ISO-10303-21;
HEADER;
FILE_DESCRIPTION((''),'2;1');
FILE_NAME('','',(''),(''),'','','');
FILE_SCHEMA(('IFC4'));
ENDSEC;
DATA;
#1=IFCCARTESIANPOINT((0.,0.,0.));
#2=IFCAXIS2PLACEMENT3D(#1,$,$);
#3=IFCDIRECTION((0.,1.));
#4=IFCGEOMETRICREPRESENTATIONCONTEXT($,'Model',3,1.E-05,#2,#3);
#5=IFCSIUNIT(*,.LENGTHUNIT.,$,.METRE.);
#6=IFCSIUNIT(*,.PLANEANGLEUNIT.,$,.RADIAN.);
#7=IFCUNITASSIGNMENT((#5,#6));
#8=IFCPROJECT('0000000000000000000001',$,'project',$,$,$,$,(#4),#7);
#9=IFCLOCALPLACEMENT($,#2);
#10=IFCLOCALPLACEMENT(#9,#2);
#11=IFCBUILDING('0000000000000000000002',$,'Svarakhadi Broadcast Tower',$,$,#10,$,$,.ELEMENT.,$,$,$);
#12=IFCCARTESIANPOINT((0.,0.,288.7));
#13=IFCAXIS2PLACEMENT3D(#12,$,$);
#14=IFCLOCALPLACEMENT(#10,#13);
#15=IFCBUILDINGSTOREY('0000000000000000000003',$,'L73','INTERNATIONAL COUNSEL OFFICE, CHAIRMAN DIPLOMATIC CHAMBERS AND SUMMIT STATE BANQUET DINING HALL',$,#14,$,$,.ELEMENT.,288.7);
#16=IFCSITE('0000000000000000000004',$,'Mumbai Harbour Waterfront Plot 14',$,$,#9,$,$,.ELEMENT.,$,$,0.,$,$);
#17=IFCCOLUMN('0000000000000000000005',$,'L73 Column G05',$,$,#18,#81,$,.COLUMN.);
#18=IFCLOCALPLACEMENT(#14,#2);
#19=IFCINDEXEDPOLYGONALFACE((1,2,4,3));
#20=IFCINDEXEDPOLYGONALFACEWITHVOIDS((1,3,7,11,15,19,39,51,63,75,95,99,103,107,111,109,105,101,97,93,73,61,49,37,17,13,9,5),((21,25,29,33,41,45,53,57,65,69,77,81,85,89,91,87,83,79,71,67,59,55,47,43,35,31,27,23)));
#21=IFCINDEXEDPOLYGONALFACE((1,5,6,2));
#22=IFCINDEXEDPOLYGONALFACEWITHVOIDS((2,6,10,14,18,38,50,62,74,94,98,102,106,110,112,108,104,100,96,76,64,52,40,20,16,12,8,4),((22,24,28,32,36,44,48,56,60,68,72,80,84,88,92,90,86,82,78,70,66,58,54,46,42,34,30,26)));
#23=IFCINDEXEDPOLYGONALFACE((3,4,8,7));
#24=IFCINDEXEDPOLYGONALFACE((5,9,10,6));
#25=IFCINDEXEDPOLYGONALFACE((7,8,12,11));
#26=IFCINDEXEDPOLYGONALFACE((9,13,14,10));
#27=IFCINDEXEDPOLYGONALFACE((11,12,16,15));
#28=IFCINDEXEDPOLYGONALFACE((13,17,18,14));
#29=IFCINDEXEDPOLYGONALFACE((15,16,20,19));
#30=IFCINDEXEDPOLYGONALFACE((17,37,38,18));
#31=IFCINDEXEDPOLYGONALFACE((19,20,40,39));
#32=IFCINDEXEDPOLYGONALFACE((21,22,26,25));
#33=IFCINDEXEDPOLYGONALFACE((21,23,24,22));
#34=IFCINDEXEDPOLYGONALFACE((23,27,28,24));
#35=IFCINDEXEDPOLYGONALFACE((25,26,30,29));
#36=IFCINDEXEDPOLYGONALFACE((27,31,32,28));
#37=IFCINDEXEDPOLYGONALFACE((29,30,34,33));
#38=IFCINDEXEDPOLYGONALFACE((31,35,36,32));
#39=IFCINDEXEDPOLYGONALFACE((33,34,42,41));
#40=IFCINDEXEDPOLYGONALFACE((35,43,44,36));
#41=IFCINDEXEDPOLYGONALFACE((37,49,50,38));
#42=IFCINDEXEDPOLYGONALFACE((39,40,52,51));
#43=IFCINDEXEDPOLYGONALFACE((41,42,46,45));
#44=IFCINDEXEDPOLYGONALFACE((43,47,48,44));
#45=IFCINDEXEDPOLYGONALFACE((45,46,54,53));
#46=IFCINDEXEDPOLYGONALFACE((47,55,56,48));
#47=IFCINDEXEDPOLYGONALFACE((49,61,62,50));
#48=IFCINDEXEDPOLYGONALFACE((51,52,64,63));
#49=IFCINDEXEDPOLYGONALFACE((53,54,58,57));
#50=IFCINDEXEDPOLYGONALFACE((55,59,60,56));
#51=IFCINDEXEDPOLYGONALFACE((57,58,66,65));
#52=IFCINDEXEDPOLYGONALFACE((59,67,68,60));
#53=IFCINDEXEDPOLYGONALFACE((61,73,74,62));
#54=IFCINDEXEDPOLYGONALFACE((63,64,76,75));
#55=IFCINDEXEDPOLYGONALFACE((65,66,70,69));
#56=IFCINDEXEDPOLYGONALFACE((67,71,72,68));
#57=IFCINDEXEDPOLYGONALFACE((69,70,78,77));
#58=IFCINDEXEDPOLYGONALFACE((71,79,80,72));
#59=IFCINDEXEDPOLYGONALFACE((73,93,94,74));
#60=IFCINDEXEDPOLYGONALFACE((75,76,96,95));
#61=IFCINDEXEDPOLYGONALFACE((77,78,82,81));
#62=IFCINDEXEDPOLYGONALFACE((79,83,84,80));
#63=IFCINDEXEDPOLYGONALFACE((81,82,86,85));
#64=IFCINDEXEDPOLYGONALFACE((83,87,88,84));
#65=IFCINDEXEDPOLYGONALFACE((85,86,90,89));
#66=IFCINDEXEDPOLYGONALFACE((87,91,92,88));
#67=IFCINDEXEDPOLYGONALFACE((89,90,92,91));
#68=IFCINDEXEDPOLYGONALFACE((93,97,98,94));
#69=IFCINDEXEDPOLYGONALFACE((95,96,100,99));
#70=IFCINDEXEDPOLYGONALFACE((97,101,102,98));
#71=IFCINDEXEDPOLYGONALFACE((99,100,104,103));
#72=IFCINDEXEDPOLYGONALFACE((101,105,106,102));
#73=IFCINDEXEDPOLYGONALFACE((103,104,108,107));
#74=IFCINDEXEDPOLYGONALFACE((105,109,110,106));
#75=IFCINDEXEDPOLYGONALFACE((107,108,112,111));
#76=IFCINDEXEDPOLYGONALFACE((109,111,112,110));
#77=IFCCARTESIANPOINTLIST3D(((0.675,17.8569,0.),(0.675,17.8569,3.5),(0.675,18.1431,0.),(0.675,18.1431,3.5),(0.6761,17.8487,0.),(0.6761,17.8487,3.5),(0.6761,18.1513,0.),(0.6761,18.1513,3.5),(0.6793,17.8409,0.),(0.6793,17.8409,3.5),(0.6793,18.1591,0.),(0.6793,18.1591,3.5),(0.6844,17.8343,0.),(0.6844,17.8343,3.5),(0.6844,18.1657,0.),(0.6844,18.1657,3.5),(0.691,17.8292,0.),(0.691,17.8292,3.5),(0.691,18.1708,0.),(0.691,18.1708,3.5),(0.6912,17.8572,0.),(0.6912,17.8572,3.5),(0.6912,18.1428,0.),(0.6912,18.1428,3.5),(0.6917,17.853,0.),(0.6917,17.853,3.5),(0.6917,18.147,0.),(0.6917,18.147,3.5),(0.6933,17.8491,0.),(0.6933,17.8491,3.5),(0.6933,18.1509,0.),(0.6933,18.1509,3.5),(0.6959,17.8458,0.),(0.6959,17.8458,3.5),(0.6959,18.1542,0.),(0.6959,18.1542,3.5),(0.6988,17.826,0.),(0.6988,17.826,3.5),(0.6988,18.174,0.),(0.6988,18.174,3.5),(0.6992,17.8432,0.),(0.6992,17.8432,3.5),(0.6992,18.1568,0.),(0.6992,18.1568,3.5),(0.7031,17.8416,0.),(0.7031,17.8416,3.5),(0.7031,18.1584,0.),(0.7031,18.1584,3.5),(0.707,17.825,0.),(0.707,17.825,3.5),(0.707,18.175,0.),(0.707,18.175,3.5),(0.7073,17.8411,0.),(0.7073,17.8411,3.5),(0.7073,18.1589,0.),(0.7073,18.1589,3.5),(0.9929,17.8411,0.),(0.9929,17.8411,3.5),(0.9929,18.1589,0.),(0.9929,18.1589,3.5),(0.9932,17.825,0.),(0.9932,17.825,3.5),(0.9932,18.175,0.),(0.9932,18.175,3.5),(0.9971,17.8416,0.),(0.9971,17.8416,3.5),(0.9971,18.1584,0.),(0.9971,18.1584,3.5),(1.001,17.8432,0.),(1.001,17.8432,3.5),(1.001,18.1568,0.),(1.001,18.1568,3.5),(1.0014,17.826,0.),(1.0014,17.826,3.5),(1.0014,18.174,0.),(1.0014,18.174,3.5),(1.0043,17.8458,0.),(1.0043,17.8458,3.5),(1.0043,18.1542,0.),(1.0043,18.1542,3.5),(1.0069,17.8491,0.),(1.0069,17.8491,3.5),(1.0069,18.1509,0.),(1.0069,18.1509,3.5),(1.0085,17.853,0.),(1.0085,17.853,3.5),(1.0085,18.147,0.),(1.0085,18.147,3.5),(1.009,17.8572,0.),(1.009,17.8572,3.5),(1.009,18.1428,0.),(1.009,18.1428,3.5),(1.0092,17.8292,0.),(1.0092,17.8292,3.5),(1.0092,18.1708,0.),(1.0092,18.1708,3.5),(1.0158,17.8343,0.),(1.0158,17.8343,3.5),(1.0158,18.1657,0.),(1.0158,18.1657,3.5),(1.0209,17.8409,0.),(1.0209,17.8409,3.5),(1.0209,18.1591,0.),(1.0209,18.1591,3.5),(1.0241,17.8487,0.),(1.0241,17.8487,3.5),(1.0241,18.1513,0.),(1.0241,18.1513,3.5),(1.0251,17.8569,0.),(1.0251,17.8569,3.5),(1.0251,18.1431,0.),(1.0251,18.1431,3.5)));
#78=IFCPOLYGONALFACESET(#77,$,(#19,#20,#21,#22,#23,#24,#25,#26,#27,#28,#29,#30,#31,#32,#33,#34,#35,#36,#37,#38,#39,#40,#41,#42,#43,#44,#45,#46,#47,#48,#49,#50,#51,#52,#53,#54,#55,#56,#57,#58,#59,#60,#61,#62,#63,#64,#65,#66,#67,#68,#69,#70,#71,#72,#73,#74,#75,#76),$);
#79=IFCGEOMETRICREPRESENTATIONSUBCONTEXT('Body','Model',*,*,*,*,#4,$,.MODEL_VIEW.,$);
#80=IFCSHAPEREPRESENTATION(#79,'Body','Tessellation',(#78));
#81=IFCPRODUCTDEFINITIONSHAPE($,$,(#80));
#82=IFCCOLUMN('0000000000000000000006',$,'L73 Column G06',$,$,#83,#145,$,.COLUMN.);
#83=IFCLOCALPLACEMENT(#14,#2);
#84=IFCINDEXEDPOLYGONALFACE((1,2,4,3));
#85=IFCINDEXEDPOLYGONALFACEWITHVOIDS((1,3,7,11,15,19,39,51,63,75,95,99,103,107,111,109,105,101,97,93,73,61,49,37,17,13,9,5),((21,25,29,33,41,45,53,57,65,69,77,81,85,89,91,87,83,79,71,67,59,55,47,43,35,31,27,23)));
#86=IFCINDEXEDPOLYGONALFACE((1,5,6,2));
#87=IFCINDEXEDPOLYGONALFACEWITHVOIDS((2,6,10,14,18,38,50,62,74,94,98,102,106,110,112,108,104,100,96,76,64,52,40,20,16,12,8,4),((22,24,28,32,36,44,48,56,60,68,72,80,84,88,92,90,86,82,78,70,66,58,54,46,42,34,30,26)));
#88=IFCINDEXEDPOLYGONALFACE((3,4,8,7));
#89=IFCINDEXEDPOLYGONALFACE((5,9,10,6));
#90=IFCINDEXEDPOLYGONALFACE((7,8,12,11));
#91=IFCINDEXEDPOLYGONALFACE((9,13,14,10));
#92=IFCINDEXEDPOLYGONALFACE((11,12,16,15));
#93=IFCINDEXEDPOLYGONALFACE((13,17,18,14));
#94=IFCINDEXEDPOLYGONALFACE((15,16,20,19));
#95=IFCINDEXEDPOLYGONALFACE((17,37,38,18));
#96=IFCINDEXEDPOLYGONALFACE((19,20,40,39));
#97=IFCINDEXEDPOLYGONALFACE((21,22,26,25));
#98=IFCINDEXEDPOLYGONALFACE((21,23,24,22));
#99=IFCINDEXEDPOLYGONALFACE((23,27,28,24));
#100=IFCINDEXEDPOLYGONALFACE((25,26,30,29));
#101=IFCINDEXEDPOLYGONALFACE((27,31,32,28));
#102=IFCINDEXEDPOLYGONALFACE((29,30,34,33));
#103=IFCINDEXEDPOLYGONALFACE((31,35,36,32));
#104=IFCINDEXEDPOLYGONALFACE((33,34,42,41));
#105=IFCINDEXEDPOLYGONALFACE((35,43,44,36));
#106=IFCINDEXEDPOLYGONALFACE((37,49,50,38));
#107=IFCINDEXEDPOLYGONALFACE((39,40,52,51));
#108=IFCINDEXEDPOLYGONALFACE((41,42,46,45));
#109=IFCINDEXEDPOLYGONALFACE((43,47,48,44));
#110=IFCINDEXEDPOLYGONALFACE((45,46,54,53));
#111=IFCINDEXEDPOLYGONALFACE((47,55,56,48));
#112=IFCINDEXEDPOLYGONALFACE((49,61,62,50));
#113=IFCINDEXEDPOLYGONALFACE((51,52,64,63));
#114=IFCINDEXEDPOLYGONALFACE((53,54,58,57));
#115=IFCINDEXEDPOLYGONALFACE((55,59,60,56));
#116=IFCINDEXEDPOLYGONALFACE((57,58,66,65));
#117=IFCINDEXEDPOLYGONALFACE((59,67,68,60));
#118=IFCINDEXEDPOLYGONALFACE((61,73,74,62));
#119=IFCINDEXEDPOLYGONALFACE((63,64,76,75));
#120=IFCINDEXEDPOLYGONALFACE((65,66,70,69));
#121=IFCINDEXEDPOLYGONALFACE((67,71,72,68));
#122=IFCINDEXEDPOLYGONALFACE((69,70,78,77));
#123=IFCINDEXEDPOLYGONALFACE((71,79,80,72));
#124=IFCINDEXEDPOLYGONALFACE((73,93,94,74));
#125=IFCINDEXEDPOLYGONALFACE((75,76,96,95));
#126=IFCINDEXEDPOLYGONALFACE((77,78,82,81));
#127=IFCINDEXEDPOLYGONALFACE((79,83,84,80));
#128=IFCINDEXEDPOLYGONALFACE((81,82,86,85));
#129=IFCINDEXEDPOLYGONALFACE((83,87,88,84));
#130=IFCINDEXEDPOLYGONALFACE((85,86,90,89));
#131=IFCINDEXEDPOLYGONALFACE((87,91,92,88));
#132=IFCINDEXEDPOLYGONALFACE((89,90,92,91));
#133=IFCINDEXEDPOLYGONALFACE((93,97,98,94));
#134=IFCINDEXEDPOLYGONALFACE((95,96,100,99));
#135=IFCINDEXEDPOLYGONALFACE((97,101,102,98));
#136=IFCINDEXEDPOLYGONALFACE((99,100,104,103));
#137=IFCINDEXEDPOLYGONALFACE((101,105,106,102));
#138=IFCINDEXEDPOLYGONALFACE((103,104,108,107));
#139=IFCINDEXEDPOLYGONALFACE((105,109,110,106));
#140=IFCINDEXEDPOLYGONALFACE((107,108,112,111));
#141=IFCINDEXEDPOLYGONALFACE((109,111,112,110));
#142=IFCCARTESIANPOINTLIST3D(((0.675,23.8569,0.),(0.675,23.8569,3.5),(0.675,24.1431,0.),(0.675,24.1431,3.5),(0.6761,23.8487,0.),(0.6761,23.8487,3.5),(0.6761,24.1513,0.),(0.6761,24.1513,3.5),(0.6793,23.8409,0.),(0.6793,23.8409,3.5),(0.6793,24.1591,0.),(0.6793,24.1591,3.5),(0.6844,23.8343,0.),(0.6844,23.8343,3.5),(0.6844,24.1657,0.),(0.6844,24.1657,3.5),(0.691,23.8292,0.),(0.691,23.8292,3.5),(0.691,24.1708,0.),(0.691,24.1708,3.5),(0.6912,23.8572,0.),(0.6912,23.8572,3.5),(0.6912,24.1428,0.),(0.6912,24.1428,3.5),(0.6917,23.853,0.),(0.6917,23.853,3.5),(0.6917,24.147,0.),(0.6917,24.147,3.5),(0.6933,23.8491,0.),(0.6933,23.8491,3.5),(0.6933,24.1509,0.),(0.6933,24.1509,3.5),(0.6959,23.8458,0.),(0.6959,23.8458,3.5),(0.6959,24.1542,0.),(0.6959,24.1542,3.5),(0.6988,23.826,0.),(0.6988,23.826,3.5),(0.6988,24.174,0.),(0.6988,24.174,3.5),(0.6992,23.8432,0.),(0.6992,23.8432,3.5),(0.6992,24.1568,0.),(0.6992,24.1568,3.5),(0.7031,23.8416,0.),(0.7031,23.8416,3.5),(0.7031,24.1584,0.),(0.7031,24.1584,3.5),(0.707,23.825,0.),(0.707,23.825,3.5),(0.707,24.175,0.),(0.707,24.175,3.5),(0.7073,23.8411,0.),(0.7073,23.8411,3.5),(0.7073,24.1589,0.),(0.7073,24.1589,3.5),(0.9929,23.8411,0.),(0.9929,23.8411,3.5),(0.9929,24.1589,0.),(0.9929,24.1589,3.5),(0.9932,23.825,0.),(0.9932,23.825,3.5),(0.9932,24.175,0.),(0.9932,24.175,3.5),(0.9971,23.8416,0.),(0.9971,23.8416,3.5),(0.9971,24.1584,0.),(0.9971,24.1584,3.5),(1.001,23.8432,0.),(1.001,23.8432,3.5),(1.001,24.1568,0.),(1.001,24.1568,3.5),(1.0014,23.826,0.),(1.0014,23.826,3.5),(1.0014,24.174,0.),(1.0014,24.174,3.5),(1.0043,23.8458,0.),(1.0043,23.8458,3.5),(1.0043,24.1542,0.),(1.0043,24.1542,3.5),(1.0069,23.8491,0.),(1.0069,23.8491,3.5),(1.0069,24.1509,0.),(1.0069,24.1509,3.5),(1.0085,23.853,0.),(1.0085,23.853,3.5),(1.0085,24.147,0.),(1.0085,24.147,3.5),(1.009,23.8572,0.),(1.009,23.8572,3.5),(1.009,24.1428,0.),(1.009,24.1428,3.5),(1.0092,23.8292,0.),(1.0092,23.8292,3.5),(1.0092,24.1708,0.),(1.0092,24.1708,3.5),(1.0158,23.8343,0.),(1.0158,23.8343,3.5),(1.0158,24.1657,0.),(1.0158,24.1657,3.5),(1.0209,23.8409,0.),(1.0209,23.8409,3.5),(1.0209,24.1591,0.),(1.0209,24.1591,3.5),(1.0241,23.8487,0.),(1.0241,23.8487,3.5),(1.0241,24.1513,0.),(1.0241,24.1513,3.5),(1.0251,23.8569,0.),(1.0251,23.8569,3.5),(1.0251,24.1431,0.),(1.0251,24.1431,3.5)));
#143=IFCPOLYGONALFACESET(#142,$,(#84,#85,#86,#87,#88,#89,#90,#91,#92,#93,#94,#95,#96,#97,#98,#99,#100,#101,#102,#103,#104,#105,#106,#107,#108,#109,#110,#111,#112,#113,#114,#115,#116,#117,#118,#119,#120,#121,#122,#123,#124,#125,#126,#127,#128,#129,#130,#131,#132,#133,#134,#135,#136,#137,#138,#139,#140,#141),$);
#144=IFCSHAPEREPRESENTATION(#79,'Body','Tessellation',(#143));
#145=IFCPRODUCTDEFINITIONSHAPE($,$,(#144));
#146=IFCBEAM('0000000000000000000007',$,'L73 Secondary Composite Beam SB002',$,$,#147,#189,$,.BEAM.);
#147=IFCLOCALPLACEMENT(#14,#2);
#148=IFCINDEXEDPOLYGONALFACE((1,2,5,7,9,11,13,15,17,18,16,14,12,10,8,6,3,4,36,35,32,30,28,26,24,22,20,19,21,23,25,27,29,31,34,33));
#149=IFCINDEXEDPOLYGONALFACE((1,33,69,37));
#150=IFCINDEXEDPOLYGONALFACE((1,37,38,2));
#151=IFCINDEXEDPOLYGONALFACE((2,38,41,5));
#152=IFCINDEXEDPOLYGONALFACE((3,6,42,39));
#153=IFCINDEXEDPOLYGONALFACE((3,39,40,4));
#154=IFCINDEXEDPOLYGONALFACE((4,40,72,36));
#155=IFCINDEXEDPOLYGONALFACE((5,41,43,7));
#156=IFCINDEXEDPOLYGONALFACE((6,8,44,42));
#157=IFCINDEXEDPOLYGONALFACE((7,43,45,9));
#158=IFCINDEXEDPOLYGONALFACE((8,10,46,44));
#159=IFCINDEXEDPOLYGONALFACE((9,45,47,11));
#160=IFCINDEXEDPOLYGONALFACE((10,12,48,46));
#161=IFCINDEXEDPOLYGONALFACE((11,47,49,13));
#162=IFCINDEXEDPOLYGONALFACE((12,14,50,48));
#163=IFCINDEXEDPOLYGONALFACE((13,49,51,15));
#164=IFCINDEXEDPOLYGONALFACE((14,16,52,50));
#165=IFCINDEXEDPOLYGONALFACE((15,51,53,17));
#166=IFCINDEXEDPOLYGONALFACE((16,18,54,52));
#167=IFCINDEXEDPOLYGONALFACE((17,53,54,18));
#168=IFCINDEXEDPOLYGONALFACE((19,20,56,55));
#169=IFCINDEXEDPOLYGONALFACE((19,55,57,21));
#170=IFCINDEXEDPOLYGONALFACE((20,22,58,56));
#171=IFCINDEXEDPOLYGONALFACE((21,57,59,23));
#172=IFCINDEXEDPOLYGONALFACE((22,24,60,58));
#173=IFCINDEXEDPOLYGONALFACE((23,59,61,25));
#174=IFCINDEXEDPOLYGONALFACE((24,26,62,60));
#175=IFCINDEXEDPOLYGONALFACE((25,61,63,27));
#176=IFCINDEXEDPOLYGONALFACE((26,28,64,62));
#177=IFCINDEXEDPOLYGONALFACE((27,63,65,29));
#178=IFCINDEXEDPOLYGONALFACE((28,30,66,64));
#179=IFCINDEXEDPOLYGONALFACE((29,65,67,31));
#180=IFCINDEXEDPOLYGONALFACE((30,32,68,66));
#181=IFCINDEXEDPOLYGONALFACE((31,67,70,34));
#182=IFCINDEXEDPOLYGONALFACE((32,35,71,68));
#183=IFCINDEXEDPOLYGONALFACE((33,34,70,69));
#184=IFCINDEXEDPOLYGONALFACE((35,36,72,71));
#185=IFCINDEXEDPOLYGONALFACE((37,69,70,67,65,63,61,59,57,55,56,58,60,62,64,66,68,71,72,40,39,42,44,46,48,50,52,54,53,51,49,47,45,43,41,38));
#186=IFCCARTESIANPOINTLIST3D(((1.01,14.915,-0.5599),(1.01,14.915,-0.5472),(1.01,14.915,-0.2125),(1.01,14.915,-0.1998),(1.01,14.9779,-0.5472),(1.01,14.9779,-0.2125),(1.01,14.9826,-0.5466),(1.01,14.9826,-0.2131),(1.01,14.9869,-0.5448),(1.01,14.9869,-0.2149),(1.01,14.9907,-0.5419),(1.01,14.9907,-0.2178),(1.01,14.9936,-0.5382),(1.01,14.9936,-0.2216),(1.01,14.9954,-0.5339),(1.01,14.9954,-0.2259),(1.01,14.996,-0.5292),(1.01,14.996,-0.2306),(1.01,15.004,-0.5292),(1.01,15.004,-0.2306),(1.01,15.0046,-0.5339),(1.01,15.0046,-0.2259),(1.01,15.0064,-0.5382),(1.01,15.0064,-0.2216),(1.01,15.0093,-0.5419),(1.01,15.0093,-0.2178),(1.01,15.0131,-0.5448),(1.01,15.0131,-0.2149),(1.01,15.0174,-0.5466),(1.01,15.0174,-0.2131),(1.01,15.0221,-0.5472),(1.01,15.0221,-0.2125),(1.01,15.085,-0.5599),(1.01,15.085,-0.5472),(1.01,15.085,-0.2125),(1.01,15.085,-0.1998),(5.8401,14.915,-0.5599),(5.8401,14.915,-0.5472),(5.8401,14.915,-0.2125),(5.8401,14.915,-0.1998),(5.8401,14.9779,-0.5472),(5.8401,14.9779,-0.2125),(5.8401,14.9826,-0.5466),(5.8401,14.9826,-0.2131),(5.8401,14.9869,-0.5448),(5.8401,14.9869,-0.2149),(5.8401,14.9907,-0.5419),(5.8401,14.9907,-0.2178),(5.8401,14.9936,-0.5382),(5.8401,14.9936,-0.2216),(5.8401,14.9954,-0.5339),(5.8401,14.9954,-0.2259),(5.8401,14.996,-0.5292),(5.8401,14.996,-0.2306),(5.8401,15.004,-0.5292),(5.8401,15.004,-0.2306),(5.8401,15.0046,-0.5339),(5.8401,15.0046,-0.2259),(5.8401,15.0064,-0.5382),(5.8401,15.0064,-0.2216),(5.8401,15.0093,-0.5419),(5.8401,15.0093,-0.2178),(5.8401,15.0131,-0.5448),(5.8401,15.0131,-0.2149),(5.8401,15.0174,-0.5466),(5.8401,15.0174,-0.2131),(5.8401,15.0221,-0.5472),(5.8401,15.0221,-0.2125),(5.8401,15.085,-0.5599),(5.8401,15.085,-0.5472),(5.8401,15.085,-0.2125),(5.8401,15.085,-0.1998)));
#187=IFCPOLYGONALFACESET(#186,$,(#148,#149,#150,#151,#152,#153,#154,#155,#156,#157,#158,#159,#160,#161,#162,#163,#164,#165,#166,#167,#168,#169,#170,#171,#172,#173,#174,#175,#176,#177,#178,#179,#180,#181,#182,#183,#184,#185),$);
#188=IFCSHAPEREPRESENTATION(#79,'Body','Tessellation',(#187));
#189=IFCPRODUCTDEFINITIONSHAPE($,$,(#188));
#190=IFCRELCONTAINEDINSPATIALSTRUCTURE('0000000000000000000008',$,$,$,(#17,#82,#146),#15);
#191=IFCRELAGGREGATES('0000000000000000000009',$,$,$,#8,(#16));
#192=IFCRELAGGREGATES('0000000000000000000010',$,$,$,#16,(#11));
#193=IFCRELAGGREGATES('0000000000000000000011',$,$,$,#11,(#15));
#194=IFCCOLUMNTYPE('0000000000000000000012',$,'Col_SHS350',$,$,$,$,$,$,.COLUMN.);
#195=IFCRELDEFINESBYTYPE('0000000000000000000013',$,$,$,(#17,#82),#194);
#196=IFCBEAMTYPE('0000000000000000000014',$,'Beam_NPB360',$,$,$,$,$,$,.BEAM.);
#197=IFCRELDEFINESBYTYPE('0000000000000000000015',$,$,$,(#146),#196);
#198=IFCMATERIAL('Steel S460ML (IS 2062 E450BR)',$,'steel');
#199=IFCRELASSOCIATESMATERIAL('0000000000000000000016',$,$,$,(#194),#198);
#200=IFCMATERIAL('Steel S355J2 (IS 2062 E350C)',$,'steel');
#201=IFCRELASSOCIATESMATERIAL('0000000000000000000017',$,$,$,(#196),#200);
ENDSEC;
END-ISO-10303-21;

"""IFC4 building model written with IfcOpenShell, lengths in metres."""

from ifc_helpers import new_model, si_unit, direction, frame, origin, origin_2d, place, context, subcontext, project, spatial, hollow_rectangle, i_section, extrude, material, material_profile, profile_set, type_object, element, save


model = new_model("IFC4")

# Units and contexts
model_context = context("Model", 3, precision=1e-05, world=origin(), true_north=direction((0.0, 1.0)))
body_context = subcontext(model_context, "Body", "Model", "MODEL_VIEW")
ifc_project = project(units=[si_unit("LENGTHUNIT", "METRE"), si_unit("PLANEANGLEUNIT", "RADIAN")], contexts=[model_context])

# Site, building, storey
site_placement = place(None, origin())
site = spatial("IfcSite", under=ifc_project, at=site_placement, Name="Mumbai Harbour Waterfront Plot 14", CompositionType="ELEMENT", RefElevation=0.0)
building_placement = place(site_placement, origin())
building = spatial("IfcBuilding", under=site, at=building_placement, Name="Svarakhadi Broadcast Tower", CompositionType="ELEMENT")
storey_placement = place(building_placement, frame((0.0, 0.0, 288.7)))
storey = spatial("IfcBuildingStorey", under=building, at=storey_placement, Name="L73", Description="INTERNATIONAL COUNSEL OFFICE, CHAIRMAN DIPLOMATIC CHAMBERS AND SUMMIT STATE BANQUET DINING HALL", CompositionType="ELEMENT", Elevation=288.7)

# Columns
ifc_material_1 = material(Name="Steel S460ML (IS 2062 E450BR)", Category="steel")
ifc_material_profile_1 = material_profile(ifc_material_1, hollow_rectangle(XDim=0.3501, YDim=0.3501, WallThickness=0.0161, InnerFilletRadius=0.0161, OuterFilletRadius=0.032, at=origin_2d()), Name="SHS 350x350x16")
ifc_profile_set_1 = profile_set([ifc_material_profile_1], Name="Steel S460ML (IS 2062 E450BR)")
column_type = type_object("IfcColumnType", Name="Col_SHS350", PredefinedType="COLUMN", material=ifc_profile_set_1)
for number, where, z_axis, x_axis, name in (
    (1, (0.8501, 18.0, 0.0), (0.0, 0.0, 1.0), (1.0, 0.0, 0.0), "L73 Column G05"),
    (2, (0.8501, 24.0, 0.0), (0.0, 0.0, 1.0), (1.0, 0.0, 0.0), "L73 Column G06"),
):
    element("IfcColumn", number, at=place(storey_placement, frame(where, z_axis=z_axis, x_axis=x_axis)), inside=storey, type_object=column_type, Name=name, PredefinedType="COLUMN", context=body_context, shape_type="SweptSolid", body=[
        extrude(hollow_rectangle(XDim=0.3501, YDim=0.3501, WallThickness=0.0161, InnerFilletRadius=0.0161, OuterFilletRadius=0.032, at=origin_2d()), origin(), (0.0, 0.0, 1.0), 3.5),
    ])

# Beam
ifc_material_2 = material(Name="Steel S355J2 (IS 2062 E350C)", Category="steel")
ifc_material_profile_2 = material_profile(ifc_material_2, i_section(OverallWidth=0.1699, OverallDepth=0.3601, WebThickness=0.0081, FlangeThickness=0.0127, FilletRadius=0.0181, at=origin_2d()), Name="NPB 360x170x57")
ifc_profile_set_2 = profile_set([ifc_material_profile_2], Name="Steel S355J2 (IS 2062 E350C)")
beam_type_1 = type_object("IfcBeamType", Name="Beam_NPB360", PredefinedType="BEAM", material=ifc_profile_set_2)
for number, where, z_axis, x_axis, name in (
    (3, (1.01, 15.0, -0.3799), (1.0, 0.0, 0.0), (0.0, 1.0, 0.0), "L73 Secondary Composite Beam SB002"),
):
    element("IfcBeam", number, at=place(storey_placement, frame(where, z_axis=z_axis, x_axis=x_axis)), inside=storey, type_object=beam_type_1, Name=name, PredefinedType="BEAM", context=body_context, shape_type="SweptSolid", body=[
        extrude(i_section(OverallWidth=0.1699, OverallDepth=0.3601, WebThickness=0.0081, FlangeThickness=0.0127, FilletRadius=0.0181, at=origin_2d()), origin(), (0.0, 0.0, 1.0), 4.8301),
    ])

save(model, "model.ifc")
